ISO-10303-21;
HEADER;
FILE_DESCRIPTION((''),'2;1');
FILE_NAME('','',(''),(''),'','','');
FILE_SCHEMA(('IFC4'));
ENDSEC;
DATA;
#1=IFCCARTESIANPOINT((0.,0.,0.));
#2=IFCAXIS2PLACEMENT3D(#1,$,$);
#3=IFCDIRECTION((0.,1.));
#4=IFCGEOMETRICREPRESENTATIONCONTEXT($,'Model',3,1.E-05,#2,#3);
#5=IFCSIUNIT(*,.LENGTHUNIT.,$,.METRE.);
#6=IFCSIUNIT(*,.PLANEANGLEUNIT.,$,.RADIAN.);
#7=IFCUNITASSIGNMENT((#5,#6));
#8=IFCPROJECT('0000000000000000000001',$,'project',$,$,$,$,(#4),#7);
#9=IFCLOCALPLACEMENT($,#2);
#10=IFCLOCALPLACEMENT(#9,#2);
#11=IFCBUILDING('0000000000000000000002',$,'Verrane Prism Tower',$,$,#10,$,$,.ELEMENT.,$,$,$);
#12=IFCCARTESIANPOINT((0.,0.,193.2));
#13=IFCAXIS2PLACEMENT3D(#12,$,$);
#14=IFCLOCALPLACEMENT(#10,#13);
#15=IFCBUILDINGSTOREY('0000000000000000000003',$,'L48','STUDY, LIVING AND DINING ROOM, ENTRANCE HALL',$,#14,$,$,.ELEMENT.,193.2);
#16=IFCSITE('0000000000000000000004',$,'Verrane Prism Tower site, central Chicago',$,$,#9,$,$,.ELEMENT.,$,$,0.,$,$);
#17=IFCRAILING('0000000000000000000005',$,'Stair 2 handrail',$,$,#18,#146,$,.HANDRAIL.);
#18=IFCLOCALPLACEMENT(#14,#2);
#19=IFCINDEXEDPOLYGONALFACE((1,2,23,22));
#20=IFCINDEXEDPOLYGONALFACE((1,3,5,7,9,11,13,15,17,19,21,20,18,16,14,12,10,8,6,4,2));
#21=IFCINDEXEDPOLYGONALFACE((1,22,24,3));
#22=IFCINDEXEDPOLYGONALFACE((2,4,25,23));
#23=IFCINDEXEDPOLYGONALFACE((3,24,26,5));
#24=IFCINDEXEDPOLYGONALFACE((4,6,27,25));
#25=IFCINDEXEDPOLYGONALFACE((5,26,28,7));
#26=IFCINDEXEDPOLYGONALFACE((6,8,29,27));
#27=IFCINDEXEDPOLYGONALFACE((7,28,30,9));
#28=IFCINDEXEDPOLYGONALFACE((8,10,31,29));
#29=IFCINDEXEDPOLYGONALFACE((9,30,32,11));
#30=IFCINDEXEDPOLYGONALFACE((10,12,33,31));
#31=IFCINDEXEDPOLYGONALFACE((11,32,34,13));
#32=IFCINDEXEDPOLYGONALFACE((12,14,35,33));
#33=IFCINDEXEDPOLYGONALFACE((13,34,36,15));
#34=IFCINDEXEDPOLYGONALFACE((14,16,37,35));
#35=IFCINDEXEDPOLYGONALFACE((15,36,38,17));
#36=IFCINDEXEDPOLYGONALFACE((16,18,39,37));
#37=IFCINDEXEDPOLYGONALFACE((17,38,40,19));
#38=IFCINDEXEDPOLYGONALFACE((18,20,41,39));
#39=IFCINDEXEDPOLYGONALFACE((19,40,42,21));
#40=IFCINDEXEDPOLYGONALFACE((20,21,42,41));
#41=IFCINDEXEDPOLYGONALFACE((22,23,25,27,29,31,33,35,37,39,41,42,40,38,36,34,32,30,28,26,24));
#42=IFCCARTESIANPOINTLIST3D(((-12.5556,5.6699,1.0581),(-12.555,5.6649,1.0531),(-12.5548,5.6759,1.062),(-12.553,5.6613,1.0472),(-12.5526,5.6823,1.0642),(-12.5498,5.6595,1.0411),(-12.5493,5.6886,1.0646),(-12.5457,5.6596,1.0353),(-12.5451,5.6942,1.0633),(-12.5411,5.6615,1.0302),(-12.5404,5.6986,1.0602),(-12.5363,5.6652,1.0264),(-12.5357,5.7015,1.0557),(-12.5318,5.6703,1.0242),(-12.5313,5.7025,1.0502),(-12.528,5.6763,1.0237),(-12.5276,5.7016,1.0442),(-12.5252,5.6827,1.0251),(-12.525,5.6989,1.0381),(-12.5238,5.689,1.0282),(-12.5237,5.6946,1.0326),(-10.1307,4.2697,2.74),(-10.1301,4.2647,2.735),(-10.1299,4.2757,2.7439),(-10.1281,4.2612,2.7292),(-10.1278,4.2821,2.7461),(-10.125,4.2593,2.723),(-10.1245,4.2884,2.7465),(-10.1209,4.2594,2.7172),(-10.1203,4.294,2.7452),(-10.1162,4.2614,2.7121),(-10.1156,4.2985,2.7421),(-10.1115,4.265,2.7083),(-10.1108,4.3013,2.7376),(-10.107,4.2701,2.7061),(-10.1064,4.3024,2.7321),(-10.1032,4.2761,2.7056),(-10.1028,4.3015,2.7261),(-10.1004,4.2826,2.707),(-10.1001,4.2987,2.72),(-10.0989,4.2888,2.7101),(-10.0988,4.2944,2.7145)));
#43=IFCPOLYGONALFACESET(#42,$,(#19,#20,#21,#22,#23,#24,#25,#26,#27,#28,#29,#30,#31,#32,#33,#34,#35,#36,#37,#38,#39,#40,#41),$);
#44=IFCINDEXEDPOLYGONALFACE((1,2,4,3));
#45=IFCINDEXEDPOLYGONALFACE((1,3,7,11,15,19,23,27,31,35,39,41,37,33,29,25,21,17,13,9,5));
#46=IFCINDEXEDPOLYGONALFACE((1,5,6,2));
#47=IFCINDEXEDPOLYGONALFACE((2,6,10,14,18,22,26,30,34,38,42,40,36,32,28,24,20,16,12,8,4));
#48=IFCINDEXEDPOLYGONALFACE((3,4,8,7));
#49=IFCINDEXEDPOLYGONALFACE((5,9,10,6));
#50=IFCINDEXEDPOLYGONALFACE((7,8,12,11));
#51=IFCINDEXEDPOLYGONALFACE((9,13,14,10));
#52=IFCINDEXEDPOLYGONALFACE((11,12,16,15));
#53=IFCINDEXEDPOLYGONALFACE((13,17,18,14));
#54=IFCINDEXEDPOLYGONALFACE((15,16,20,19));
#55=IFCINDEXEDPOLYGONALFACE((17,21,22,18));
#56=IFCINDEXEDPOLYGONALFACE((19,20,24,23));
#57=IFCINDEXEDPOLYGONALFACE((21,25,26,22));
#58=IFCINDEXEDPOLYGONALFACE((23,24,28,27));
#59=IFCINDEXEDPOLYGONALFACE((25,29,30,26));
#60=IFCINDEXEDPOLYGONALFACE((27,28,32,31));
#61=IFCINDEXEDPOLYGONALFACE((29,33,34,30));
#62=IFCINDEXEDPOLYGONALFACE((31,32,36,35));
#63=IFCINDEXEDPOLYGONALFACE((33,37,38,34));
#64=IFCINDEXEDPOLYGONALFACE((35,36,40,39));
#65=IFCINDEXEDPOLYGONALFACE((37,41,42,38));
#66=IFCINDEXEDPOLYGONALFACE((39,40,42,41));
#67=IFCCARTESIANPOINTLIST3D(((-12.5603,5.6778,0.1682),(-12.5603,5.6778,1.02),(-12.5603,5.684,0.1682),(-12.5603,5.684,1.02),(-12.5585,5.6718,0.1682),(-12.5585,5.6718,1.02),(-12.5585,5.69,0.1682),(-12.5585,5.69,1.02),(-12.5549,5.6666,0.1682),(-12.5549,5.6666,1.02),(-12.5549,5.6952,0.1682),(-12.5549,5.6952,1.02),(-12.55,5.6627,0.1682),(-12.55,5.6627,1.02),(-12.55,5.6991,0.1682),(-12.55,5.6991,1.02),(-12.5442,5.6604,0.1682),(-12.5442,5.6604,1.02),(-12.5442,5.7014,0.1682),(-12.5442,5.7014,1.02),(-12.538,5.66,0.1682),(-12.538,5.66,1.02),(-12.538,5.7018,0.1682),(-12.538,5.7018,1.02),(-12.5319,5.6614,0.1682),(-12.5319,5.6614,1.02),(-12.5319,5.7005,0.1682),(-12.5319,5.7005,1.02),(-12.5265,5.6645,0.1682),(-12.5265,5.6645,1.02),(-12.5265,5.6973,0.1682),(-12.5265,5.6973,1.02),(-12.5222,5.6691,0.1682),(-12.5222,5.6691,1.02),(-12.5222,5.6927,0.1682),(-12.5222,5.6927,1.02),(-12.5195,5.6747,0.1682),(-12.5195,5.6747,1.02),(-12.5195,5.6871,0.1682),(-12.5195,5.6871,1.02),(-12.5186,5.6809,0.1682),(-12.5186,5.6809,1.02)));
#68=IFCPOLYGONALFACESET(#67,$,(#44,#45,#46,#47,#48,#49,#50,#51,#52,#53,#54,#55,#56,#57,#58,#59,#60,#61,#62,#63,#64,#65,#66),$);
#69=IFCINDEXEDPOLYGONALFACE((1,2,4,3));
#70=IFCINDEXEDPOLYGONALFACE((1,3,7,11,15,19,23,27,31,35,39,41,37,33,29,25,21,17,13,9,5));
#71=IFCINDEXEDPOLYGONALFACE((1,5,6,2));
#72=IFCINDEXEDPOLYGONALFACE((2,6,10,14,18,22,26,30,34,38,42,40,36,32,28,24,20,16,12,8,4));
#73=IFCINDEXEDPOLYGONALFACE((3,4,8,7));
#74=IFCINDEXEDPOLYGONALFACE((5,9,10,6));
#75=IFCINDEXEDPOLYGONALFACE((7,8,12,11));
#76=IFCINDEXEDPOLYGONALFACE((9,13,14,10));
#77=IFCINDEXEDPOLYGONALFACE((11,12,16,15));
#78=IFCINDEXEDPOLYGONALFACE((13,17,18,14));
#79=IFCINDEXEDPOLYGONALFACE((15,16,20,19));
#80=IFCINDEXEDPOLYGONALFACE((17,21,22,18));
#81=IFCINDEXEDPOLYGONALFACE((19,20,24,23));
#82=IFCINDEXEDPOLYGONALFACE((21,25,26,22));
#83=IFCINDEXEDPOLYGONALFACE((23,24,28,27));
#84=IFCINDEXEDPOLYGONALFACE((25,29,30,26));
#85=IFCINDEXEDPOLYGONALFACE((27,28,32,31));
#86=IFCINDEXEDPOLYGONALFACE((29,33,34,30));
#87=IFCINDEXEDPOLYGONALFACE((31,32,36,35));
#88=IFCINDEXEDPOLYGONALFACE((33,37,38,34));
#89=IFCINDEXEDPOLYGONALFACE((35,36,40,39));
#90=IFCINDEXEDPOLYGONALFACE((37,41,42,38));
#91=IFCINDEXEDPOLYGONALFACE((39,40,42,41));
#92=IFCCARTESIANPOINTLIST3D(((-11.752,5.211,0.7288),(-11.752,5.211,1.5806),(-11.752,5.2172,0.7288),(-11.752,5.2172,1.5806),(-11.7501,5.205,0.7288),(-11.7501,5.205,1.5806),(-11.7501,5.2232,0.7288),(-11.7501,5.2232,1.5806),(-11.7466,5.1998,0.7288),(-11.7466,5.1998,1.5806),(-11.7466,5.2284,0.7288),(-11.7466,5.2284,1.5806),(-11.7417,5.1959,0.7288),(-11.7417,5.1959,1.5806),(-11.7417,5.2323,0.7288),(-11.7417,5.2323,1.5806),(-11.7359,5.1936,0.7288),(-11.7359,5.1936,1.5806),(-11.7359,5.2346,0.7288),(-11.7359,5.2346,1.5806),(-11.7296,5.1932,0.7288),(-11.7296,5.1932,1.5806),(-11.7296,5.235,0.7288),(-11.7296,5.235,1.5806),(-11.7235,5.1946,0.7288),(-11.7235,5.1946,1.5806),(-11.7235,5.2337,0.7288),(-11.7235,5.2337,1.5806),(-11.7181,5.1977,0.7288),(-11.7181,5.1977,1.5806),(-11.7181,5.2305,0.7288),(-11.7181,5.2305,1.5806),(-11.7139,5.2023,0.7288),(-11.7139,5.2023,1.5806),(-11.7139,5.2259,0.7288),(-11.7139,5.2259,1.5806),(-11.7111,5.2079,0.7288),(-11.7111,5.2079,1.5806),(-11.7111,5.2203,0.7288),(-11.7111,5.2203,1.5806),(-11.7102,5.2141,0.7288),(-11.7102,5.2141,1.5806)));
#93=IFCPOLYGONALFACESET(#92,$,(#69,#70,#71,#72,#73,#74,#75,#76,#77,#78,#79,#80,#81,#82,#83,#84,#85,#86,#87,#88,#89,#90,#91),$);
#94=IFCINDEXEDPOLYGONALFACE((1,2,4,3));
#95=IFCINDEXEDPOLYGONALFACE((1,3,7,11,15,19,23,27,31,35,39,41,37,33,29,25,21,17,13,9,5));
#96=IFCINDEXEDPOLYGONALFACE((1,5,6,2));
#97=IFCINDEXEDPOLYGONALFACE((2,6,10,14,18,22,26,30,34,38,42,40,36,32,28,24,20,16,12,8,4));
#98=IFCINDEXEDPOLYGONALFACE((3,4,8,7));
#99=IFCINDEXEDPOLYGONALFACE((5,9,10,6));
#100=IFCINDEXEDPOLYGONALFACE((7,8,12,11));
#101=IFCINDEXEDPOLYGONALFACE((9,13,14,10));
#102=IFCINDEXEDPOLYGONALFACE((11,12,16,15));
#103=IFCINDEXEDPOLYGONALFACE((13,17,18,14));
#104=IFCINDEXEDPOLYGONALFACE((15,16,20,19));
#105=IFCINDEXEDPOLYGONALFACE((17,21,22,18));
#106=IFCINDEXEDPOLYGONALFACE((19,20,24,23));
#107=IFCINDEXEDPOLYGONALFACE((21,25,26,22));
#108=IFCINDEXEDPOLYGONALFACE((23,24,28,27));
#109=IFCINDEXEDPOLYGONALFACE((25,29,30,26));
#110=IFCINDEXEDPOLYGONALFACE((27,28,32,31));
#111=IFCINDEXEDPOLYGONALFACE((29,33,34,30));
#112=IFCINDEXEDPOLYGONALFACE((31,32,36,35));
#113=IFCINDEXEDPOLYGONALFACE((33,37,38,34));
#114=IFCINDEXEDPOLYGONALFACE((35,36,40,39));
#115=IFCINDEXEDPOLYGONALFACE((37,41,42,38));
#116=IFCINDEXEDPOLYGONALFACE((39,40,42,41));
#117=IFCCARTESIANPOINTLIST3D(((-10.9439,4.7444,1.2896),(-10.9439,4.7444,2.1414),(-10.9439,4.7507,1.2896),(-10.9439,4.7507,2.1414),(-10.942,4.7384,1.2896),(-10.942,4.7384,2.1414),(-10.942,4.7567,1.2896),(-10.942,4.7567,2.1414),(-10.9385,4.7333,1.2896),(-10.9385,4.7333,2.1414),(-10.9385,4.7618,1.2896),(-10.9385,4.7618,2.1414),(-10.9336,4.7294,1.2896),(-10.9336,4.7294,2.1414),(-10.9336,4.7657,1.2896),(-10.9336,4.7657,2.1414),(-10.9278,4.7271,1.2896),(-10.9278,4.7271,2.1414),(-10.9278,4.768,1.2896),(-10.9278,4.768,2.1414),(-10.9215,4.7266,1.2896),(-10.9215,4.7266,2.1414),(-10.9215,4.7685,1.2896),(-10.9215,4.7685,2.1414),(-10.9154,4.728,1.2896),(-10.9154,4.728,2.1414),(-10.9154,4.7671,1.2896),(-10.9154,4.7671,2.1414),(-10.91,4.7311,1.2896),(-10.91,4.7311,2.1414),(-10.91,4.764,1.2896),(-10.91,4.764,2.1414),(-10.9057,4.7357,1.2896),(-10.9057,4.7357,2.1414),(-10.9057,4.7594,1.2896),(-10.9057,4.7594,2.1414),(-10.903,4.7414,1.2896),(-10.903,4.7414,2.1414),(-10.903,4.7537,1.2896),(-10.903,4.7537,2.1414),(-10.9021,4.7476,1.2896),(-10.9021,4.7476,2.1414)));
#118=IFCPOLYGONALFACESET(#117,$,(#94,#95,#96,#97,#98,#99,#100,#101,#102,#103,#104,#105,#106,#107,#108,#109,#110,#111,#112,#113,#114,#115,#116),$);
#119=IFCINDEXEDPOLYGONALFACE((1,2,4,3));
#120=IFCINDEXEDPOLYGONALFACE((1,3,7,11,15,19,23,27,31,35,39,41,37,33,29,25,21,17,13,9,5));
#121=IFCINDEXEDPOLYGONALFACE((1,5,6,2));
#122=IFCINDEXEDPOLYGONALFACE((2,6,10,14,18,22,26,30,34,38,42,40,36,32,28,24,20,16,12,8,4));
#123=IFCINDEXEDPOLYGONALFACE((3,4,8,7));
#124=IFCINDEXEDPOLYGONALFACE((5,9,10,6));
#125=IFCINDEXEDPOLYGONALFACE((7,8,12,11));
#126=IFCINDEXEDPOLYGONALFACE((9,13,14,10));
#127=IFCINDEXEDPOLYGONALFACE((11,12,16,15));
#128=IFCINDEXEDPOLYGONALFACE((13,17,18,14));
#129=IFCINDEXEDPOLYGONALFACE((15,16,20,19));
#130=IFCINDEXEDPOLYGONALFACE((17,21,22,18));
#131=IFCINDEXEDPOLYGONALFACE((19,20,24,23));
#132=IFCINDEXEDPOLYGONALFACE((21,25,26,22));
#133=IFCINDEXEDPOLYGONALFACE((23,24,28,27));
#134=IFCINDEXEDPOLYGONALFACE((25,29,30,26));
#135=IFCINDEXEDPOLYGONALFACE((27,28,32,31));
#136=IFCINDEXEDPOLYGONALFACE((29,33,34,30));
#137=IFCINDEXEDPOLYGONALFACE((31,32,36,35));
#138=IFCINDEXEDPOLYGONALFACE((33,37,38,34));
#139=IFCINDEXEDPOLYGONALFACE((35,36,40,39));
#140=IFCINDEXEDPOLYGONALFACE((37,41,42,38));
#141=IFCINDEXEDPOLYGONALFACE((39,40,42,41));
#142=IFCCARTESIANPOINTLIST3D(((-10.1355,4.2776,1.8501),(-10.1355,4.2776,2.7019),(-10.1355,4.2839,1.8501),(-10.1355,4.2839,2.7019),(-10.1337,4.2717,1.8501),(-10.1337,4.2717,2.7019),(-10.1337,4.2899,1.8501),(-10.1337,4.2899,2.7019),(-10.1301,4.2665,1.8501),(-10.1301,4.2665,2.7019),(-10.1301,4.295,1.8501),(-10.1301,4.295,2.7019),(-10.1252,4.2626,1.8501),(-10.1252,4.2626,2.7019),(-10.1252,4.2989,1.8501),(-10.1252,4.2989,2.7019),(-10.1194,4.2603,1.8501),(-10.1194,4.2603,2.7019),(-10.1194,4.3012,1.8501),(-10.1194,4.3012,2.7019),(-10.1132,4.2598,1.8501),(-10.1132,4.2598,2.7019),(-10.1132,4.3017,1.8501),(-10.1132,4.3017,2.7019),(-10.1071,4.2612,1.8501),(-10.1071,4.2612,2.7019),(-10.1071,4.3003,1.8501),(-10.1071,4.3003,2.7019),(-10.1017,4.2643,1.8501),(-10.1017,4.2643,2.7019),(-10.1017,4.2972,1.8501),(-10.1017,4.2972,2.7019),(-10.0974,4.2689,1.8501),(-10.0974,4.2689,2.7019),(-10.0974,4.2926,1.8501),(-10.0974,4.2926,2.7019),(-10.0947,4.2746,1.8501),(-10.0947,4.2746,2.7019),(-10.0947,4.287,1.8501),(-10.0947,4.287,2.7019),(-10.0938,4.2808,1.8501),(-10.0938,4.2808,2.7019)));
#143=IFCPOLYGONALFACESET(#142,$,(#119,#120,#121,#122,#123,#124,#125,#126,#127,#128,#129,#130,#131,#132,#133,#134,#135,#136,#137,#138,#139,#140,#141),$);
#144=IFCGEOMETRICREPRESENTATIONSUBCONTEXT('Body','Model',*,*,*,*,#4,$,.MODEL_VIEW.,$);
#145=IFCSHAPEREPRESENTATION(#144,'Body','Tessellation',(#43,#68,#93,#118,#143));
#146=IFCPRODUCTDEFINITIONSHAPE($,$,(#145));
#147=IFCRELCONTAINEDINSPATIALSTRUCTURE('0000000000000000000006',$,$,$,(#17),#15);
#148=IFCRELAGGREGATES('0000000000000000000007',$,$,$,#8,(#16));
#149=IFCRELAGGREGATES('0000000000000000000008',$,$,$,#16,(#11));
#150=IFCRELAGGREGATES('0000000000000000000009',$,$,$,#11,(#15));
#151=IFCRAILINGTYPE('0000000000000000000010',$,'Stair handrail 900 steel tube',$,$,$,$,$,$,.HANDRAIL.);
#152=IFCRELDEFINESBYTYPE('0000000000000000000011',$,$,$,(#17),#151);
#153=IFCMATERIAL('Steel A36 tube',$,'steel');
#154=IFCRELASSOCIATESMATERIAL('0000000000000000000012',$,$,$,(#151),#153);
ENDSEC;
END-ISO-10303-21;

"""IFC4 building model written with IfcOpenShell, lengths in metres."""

from ifc_helpers import new_model, si_unit, direction, frame, origin, origin_2d, place, context, subcontext, project, spatial, circle, extrude, material, type_object, element, save


model = new_model("IFC4")

# Units and contexts
model_context = context("Model", 3, precision=1e-05, world=origin(), true_north=direction((0.0, 1.0)))
body_context = subcontext(model_context, "Body", "Model", "MODEL_VIEW")
ifc_project = project(units=[si_unit("LENGTHUNIT", "METRE"), si_unit("PLANEANGLEUNIT", "RADIAN")], contexts=[model_context])

# Site, building, storey
site_placement = place(None, origin())
site = spatial("IfcSite", under=ifc_project, at=site_placement, Name="Verrane Prism Tower site, central Chicago", CompositionType="ELEMENT", RefElevation=0.0)
building_placement = place(site_placement, origin())
building = spatial("IfcBuilding", under=site, at=building_placement, Name="Verrane Prism Tower", CompositionType="ELEMENT")
storey_placement = place(building_placement, frame((0.0, 0.0, 193.2)))
storey = spatial("IfcBuildingStorey", under=building, at=storey_placement, Name="L48", Description="STUDY, LIVING AND DINING ROOM, ENTRANCE HALL", CompositionType="ELEMENT", Elevation=193.2)

# Railing
ifc_material_1 = material(Name="Steel A36 tube", Category="steel")
railing_type_1 = type_object("IfcRailingType", Name="Stair handrail 900 steel tube", PredefinedType="HANDRAIL", material=ifc_material_1)
railing_1_placement = place(storey_placement, frame((-12.5396, 5.6809, 0.1682)))
element("IfcRailing", 1, at=railing_1_placement, inside=storey, type_object=railing_type_1, Name="Stair 2 handrail", PredefinedType="HANDRAIL", context=body_context, shape_type="SweptSolid", body=[
    extrude(circle(Radius=0.0239, at=origin_2d()), frame((0.0, 0.0, 0.876), z_axis=(0.742367, -0.428662, 0.514918), x_axis=(0.50005, 0.865997, 0.0)), (0.0, 0.0, 1.0), 3.2664),
    extrude(circle(Radius=0.021, at=origin_2d()), origin(), (0.0, 0.0, 1.0), 0.8518),
    extrude(circle(Radius=0.021, at=origin_2d()), frame((0.8083, -0.4668, 0.5605)), (0.0, 0.0, 1.0), 0.8518),
    extrude(circle(Radius=0.021, at=origin_2d()), frame((1.6165, -0.9333, 1.1213)), (0.0, 0.0, 1.0), 0.8518),
    extrude(circle(Radius=0.021, at=origin_2d()), frame((2.4248, -1.4001, 1.6819)), (0.0, 0.0, 1.0), 0.8518),
])

save(model, "model.ifc")
